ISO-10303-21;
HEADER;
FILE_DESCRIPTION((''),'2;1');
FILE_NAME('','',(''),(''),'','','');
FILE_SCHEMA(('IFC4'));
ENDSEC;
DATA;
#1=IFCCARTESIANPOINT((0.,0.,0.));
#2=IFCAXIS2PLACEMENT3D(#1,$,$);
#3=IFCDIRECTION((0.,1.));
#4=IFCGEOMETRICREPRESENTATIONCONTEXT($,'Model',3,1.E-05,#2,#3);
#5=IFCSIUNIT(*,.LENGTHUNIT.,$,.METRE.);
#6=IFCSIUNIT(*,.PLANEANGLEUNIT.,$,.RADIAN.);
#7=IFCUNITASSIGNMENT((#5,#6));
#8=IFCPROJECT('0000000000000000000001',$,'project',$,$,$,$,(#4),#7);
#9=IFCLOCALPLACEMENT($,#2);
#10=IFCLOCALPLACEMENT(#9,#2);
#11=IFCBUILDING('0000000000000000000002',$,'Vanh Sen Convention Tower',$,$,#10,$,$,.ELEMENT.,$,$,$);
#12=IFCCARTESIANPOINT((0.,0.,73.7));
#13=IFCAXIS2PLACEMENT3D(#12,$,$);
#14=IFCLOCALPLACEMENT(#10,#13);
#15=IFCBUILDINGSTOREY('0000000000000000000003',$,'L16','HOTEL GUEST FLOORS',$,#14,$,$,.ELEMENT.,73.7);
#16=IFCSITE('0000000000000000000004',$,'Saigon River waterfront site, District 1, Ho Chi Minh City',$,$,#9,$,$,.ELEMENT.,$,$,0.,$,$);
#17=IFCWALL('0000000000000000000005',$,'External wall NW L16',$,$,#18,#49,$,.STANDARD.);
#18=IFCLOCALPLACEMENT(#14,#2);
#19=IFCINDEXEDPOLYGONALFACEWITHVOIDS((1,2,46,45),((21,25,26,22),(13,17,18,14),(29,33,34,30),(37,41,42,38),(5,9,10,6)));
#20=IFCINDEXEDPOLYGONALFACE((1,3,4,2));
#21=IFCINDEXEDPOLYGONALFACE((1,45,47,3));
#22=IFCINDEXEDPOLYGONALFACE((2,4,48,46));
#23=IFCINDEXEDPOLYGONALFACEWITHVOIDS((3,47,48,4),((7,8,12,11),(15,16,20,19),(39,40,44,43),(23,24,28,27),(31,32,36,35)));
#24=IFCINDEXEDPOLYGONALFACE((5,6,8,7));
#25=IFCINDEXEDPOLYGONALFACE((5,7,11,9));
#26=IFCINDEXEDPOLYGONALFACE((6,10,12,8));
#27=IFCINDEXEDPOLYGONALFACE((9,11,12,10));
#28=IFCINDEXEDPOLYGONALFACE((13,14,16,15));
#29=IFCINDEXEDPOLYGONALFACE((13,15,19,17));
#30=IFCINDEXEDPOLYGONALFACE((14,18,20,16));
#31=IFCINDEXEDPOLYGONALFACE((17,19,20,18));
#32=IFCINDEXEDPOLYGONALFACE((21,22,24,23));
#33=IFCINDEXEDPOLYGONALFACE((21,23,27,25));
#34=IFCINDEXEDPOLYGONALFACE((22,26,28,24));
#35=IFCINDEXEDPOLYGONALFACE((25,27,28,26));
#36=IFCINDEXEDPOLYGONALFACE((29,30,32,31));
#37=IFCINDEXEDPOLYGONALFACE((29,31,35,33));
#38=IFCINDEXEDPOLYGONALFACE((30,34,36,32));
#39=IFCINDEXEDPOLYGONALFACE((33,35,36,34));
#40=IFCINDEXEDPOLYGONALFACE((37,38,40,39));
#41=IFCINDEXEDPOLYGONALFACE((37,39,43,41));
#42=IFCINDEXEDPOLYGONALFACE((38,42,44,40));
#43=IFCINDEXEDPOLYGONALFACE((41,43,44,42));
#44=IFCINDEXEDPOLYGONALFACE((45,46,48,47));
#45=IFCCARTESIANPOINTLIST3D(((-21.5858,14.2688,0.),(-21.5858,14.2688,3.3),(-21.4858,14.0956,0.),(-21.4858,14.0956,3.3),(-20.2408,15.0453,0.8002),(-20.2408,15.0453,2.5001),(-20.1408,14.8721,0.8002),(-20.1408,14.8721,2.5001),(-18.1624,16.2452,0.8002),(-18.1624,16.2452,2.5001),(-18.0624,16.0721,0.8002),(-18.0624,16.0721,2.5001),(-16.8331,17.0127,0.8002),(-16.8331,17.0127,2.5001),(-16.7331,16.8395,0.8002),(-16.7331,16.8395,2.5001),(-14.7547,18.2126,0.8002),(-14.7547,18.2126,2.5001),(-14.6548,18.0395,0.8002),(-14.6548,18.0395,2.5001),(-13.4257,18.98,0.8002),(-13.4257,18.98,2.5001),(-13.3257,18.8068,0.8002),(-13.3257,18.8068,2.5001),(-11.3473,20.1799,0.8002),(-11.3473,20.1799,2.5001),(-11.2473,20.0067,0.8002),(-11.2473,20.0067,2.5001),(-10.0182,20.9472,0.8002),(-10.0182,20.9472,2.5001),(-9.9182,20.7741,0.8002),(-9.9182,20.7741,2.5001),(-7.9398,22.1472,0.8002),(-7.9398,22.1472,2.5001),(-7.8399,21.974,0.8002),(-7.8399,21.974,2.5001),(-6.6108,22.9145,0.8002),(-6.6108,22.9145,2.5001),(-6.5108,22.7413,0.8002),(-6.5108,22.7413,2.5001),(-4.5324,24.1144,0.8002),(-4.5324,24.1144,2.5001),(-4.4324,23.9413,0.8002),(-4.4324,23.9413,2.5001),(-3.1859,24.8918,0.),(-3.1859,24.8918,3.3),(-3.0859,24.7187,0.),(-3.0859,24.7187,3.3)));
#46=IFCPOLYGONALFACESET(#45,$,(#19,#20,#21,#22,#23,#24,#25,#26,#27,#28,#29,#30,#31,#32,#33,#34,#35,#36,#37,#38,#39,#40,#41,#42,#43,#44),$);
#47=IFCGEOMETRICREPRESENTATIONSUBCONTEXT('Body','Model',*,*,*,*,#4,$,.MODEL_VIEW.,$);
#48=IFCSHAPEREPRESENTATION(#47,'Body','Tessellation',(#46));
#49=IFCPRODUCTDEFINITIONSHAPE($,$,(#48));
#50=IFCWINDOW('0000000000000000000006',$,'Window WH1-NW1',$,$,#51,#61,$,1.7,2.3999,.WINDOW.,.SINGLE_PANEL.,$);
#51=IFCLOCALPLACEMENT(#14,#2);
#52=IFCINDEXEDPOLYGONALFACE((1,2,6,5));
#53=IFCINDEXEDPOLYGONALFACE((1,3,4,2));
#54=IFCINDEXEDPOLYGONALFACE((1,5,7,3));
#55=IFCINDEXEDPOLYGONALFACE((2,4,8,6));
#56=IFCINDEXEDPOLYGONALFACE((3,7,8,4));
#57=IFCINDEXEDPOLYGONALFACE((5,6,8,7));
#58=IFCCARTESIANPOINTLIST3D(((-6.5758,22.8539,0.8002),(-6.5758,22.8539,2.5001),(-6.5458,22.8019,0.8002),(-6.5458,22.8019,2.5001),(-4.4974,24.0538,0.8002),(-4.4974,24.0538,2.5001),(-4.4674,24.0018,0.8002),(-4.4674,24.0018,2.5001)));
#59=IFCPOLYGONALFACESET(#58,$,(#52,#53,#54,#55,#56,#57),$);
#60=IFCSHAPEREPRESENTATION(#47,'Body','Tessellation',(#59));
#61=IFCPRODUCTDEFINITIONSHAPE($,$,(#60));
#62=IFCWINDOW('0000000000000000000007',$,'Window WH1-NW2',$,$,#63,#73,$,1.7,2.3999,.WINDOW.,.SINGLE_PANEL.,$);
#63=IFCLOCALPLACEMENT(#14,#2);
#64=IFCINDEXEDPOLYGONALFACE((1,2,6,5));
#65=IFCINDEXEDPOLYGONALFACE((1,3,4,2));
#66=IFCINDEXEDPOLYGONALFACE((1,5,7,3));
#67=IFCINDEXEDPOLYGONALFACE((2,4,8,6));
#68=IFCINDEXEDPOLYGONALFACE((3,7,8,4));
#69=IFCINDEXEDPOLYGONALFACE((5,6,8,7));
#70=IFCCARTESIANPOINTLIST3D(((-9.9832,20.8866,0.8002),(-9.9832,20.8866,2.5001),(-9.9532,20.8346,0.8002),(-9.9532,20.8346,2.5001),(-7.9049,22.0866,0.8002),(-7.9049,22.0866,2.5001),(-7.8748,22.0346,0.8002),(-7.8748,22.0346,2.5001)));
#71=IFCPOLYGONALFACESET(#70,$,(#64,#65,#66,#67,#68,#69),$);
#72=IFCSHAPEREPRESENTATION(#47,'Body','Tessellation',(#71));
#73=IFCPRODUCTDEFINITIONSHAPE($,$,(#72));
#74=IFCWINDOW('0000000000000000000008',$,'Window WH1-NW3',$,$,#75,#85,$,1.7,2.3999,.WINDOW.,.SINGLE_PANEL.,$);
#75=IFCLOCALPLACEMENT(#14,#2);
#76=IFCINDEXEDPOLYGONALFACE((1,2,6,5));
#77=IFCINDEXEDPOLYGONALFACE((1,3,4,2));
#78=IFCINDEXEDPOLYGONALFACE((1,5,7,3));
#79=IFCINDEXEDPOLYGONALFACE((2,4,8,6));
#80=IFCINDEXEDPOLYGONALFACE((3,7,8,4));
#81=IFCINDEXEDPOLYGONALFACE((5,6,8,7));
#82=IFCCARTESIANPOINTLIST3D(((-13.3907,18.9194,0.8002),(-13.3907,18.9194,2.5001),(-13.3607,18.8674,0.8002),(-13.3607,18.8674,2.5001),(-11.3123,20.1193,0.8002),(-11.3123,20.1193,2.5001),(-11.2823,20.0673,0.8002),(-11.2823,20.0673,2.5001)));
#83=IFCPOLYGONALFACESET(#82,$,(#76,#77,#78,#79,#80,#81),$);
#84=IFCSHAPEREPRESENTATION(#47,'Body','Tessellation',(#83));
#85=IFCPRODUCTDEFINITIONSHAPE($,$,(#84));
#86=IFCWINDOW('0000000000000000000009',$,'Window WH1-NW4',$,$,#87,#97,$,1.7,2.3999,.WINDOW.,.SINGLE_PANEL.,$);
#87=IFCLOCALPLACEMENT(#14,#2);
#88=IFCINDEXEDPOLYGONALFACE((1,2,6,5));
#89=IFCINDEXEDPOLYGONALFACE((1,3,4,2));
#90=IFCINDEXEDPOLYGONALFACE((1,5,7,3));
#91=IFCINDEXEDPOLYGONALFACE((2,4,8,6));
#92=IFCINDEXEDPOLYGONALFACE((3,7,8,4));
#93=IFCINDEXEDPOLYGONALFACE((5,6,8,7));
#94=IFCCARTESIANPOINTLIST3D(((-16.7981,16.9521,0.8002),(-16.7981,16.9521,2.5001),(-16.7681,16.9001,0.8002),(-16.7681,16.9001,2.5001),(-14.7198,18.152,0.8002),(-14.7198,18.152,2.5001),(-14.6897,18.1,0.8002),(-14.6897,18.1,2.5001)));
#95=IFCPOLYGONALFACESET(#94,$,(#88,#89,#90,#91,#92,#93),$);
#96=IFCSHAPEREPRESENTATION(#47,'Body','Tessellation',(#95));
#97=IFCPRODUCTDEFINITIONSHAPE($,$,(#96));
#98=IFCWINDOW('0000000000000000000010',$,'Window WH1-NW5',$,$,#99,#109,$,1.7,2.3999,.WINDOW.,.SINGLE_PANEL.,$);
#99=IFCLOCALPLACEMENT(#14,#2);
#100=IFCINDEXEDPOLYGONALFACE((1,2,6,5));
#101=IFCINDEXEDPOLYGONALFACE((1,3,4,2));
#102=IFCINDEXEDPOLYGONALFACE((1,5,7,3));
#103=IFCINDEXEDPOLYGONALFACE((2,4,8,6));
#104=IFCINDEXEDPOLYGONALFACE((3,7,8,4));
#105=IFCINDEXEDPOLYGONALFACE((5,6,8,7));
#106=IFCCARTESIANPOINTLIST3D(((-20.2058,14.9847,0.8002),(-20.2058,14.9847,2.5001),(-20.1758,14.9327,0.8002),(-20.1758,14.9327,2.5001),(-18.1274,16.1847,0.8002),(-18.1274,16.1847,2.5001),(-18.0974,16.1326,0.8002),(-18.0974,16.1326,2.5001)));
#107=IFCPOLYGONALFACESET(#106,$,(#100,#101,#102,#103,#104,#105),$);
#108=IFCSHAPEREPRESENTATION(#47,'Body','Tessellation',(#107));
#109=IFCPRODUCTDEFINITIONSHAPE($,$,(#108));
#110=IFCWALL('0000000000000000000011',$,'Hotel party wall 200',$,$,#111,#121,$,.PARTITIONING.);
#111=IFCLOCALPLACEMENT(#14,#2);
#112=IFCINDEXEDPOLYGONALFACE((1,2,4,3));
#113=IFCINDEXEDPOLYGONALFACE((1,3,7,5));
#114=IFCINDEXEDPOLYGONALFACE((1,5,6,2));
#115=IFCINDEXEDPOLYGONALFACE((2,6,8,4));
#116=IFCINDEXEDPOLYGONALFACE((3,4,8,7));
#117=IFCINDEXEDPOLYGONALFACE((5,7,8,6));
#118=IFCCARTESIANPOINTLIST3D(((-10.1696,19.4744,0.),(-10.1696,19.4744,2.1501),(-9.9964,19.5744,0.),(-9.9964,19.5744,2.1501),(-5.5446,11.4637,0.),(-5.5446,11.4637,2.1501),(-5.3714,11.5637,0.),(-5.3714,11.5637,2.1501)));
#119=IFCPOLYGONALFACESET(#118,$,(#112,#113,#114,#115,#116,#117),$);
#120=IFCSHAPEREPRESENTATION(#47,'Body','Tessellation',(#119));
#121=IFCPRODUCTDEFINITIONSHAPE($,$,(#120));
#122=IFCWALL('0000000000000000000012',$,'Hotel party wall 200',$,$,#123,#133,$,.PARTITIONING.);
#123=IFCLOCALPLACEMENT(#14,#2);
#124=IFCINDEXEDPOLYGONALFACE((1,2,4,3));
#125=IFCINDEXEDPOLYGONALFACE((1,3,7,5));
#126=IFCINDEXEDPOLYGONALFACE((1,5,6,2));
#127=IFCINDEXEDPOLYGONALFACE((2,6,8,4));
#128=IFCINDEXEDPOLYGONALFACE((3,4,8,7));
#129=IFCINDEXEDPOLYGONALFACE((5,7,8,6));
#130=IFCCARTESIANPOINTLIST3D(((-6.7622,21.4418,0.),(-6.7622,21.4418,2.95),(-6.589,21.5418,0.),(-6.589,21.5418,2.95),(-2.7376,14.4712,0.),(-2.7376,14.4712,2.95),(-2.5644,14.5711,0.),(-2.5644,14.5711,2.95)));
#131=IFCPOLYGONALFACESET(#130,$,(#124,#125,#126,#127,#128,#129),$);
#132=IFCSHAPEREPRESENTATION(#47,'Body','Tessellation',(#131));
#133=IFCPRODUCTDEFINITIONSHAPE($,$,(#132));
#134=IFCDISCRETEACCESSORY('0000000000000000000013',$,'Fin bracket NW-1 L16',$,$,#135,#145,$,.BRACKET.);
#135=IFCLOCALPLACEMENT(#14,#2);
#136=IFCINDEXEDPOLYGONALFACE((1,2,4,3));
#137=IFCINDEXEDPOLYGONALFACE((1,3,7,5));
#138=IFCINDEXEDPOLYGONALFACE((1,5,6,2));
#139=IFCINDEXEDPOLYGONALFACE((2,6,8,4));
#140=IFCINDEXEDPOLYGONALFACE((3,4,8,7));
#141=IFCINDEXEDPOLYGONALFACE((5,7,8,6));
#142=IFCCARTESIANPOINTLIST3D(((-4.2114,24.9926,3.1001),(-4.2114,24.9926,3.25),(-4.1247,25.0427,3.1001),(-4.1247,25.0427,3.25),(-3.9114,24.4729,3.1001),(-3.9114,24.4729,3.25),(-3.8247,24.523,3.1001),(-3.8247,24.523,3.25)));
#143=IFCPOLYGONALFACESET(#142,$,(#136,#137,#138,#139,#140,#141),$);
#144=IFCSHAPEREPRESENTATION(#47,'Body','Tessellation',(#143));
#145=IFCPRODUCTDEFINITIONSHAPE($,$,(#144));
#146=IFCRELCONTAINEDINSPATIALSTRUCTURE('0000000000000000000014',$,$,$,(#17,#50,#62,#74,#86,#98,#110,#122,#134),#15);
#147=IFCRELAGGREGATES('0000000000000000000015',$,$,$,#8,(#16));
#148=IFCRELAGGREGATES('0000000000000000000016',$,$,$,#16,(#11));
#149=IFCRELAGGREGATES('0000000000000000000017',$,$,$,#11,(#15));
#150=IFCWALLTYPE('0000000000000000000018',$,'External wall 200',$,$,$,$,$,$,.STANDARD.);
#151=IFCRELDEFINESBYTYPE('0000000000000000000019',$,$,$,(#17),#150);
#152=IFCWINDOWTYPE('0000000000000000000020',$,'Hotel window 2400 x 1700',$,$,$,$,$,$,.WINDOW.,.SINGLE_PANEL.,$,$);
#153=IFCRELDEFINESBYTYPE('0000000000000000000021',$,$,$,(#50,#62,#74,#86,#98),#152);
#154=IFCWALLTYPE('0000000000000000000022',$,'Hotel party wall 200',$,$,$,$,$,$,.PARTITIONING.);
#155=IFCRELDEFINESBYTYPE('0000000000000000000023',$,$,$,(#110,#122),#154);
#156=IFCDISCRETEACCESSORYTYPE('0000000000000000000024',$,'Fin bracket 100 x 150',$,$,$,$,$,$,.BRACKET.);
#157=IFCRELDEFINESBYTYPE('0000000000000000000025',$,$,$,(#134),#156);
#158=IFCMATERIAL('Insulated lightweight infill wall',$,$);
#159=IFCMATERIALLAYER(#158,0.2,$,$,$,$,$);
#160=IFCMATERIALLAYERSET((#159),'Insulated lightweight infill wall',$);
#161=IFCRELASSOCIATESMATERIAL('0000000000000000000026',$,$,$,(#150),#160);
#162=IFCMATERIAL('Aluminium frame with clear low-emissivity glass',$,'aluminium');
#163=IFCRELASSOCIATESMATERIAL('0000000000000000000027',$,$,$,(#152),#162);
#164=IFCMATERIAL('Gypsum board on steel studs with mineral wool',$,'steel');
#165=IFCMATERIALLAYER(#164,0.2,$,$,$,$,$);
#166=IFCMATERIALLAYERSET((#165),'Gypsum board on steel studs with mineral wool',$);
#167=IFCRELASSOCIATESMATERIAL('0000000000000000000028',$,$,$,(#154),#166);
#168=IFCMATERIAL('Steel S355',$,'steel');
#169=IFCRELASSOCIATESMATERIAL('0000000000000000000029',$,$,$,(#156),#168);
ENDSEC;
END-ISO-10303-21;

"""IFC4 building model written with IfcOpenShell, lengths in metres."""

from ifc_helpers import new_model, si_unit, direction, frame, frame_2d, origin, origin_2d, place, context, subcontext, project, spatial, rectangle, extrude, material, layer, layer_set, type_object, element, fill, save


model = new_model("IFC4")

# Units and contexts
model_context = context("Model", 3, precision=1e-05, world=origin(), true_north=direction((0.0, 1.0)))
body_context = subcontext(model_context, "Body", "Model", "MODEL_VIEW")
ifc_project = project(units=[si_unit("LENGTHUNIT", "METRE"), si_unit("PLANEANGLEUNIT", "RADIAN")], contexts=[model_context])

# Site, building, storey
site_placement = place(None, origin())
site = spatial("IfcSite", under=ifc_project, at=site_placement, Name="Saigon River waterfront site, District 1, Ho Chi Minh City", CompositionType="ELEMENT", RefElevation=0.0)
building_placement = place(site_placement, origin())
building = spatial("IfcBuilding", under=site, at=building_placement, Name="Vanh Sen Convention Tower", CompositionType="ELEMENT")
storey_placement = place(building_placement, frame((0.0, 0.0, 73.7)))
storey = spatial("IfcBuildingStorey", under=building, at=storey_placement, Name="L16", Description="HOTEL GUEST FLOORS", CompositionType="ELEMENT", Elevation=73.7)

# Shared definitions
ifc_material_1 = material(Name="Gypsum board on steel studs with mineral wool", Category="steel")

# Wall, openings, windows
ifc_material_2 = material(Name="Insulated lightweight infill wall")
ifc_layer_1 = layer(ifc_material_2, 0.2)
ifc_layer_set_1 = layer_set([ifc_layer_1], Name="Insulated lightweight infill wall")
wall_type_1 = type_object("IfcWallType", Name="External wall 200", PredefinedType="STANDARD", material=ifc_layer_set_1)
wall_1_placement = place(storey_placement, frame((-3.136, 24.8052, 0.0), z_axis=(0.0, 0.0, 1.0), x_axis=(-0.866028, -0.499995, 0.0)))
wall_1 = element("IfcWall", 1, at=wall_1_placement, inside=storey, type_object=wall_type_1, Name="External wall NW L16", PredefinedType="STANDARD", context=body_context, shape_type="SweptSolid", body=[
    extrude(rectangle(XDim=21.2463, YDim=0.2, at=frame_2d((10.623, 0.0))), origin(), (0.0, 0.0, 1.0), 3.3),
])
opening_1_placement = place(wall_1_placement, frame((1.5547, 0.0, 0.8)))
opening_1 = element("IfcOpeningElement", 2, at=opening_1_placement, cuts=wall_1, PredefinedType="OPENING", context=body_context, shape_type="SweptSolid", body=[
    extrude(rectangle(XDim=2.3999, YDim=1.7, at=frame_2d((1.2, 0.8501))), frame((0.0, 0.1099, 0.0), z_axis=(0.0, -1.0, 0.0), x_axis=(1.0, 0.0, 0.0)), (0.0, 0.0, 1.0), 0.22),
])
opening_2_placement = place(wall_1_placement, frame((5.4893, 0.0, 0.8)))
opening_2 = element("IfcOpeningElement", 3, at=opening_2_placement, cuts=wall_1, PredefinedType="OPENING", context=body_context, shape_type="SweptSolid", body=[
    extrude(rectangle(XDim=2.3999, YDim=1.7, at=frame_2d((1.2, 0.8501))), frame((0.0, 0.1099, 0.0), z_axis=(0.0, -1.0, 0.0), x_axis=(1.0, 0.0, 0.0)), (0.0, 0.0, 1.0), 0.22),
])
opening_3_placement = place(wall_1_placement, frame((9.4238, 0.0, 0.8)))
opening_3 = element("IfcOpeningElement", 4, at=opening_3_placement, cuts=wall_1, PredefinedType="OPENING", context=body_context, shape_type="SweptSolid", body=[
    extrude(rectangle(XDim=2.3999, YDim=1.7, at=frame_2d((1.2, 0.8501))), frame((0.0, 0.1099, 0.0), z_axis=(0.0, -1.0, 0.0), x_axis=(1.0, 0.0, 0.0)), (0.0, 0.0, 1.0), 0.22),
])
opening_4_placement = place(wall_1_placement, frame((13.3584, 0.0, 0.8)))
opening_4 = element("IfcOpeningElement", 5, at=opening_4_placement, cuts=wall_1, PredefinedType="OPENING", context=body_context, shape_type="SweptSolid", body=[
    extrude(rectangle(XDim=2.3999, YDim=1.7, at=frame_2d((1.2, 0.8501))), frame((0.0, 0.1099, 0.0), z_axis=(0.0, -1.0, 0.0), x_axis=(1.0, 0.0, 0.0)), (0.0, 0.0, 1.0), 0.22),
])
opening_5_placement = place(wall_1_placement, frame((17.2932, 0.0, 0.8)))
opening_5 = element("IfcOpeningElement", 6, at=opening_5_placement, cuts=wall_1, PredefinedType="OPENING", context=body_context, shape_type="SweptSolid", body=[
    extrude(rectangle(XDim=2.3999, YDim=1.7, at=frame_2d((1.2, 0.8501))), frame((0.0, 0.1099, 0.0), z_axis=(0.0, -1.0, 0.0), x_axis=(1.0, 0.0, 0.0)), (0.0, 0.0, 1.0), 0.22),
])
ifc_material_3 = material(Name="Aluminium frame with clear low-emissivity glass", Category="aluminium")
window_type = type_object("IfcWindowType", Name="Hotel window 2400 x 1700", PartitioningType="SINGLE_PANEL", PredefinedType="WINDOW", material=ifc_material_3)
window_1_placement = place(opening_1_placement, origin())
window_1 = element("IfcWindow", 7, at=window_1_placement, inside=storey, type_object=window_type, Name="Window WH1-NW1", OverallHeight=1.7, OverallWidth=2.3999, PartitioningType="SINGLE_PANEL", PredefinedType="WINDOW", context=body_context, shape_type="SweptSolid", body=[
    extrude(rectangle(XDim=2.3999, YDim=1.7, at=frame_2d((1.2, 0.8501))), frame((0.0, 0.03, 0.0), z_axis=(0.0, -1.0, 0.0), x_axis=(1.0, 0.0, 0.0)), (0.0, 0.0, 1.0), 0.0601),
])
fill(opening_1, window_1)
window_2_placement = place(opening_2_placement, origin())
window_2 = element("IfcWindow", 8, at=window_2_placement, inside=storey, type_object=window_type, Name="Window WH1-NW2", OverallHeight=1.7, OverallWidth=2.3999, PartitioningType="SINGLE_PANEL", PredefinedType="WINDOW", context=body_context, shape_type="SweptSolid", body=[
    extrude(rectangle(XDim=2.3999, YDim=1.7, at=frame_2d((1.2, 0.8501))), frame((0.0, 0.03, 0.0), z_axis=(0.0, -1.0, 0.0), x_axis=(1.0, 0.0, 0.0)), (0.0, 0.0, 1.0), 0.0601),
])
fill(opening_2, window_2)
window_3_placement = place(opening_3_placement, origin())
window_3 = element("IfcWindow", 9, at=window_3_placement, inside=storey, type_object=window_type, Name="Window WH1-NW3", OverallHeight=1.7, OverallWidth=2.3999, PartitioningType="SINGLE_PANEL", PredefinedType="WINDOW", context=body_context, shape_type="SweptSolid", body=[
    extrude(rectangle(XDim=2.3999, YDim=1.7, at=frame_2d((1.2, 0.8501))), frame((0.0, 0.03, 0.0), z_axis=(0.0, -1.0, 0.0), x_axis=(1.0, 0.0, 0.0)), (0.0, 0.0, 1.0), 0.0601),
])
fill(opening_3, window_3)
window_4_placement = place(opening_4_placement, origin())
window_4 = element("IfcWindow", 10, at=window_4_placement, inside=storey, type_object=window_type, Name="Window WH1-NW4", OverallHeight=1.7, OverallWidth=2.3999, PartitioningType="SINGLE_PANEL", PredefinedType="WINDOW", context=body_context, shape_type="SweptSolid", body=[
    extrude(rectangle(XDim=2.3999, YDim=1.7, at=frame_2d((1.2, 0.8501))), frame((0.0, 0.03, 0.0), z_axis=(0.0, -1.0, 0.0), x_axis=(1.0, 0.0, 0.0)), (0.0, 0.0, 1.0), 0.0601),
])
fill(opening_4, window_4)
window_5_placement = place(opening_5_placement, origin())
window_5 = element("IfcWindow", 11, at=window_5_placement, inside=storey, type_object=window_type, Name="Window WH1-NW5", OverallHeight=1.7, OverallWidth=2.3999, PartitioningType="SINGLE_PANEL", PredefinedType="WINDOW", context=body_context, shape_type="SweptSolid", body=[
    extrude(rectangle(XDim=2.3999, YDim=1.7, at=frame_2d((1.2, 0.8501))), frame((0.0, 0.03, 0.0), z_axis=(0.0, -1.0, 0.0), x_axis=(1.0, 0.0, 0.0)), (0.0, 0.0, 1.0), 0.0601),
])
fill(opening_5, window_5)

# Walls
ifc_layer_2 = layer(ifc_material_1, 0.2)
ifc_layer_set_2 = layer_set([ifc_layer_2], Name="Gypsum board on steel studs with mineral wool")
wall_type_2 = type_object("IfcWallType", Name="Hotel party wall 200", PredefinedType="PARTITIONING", material=ifc_layer_set_2)
wall_2_placement = place(storey_placement, frame((-10.083, 19.5244, 0.0), z_axis=(0.0, 0.0, 1.0), x_axis=(0.5, -0.866026, 0.0)))
element("IfcWall", 12, at=wall_2_placement, inside=storey, type_object=wall_type_2, Name="Hotel party wall 200", PredefinedType="PARTITIONING", context=body_context, shape_type="SweptSolid", body=[
    extrude(rectangle(XDim=9.25, YDim=0.2, at=frame_2d((4.625, 0.0))), origin(), (0.0, 0.0, 1.0), 2.1501),
])
wall_3_placement = place(storey_placement, frame((-6.6755, 21.4917, 0.0), z_axis=(0.0, 0.0, 1.0), x_axis=(0.500011, -0.866019, 0.0)))
element("IfcWall", 13, at=wall_3_placement, inside=storey, type_object=wall_type_2, Name="Hotel party wall 200", PredefinedType="PARTITIONING", context=body_context, shape_type="SweptSolid", body=[
    extrude(rectangle(XDim=8.0491, YDim=0.2, at=frame_2d((4.0244, 0.0))), origin(), (0.0, 0.0, 1.0), 2.95),
])

# Discrete accessory
ifc_material_4 = material(Name="Steel S355", Category="steel")
discrete_accessory_type = type_object("IfcDiscreteAccessoryType", Name="Fin bracket 100 x 150", PredefinedType="BRACKET", material=ifc_material_4)
discrete_accessory_placement = place(storey_placement, frame((-4.0181, 24.7578, 3.1001), z_axis=(0.0, 0.0, 1.0), x_axis=(-0.5, 0.866025, 0.0)))
element("IfcDiscreteAccessory", 14, at=discrete_accessory_placement, inside=storey, type_object=discrete_accessory_type, Name="Fin bracket NW-1 L16", PredefinedType="BRACKET", context=body_context, shape_type="SweptSolid", body=[
    extrude(rectangle(XDim=0.6001, YDim=0.1001, at=origin_2d()), origin(), (0.0, 0.0, 1.0), 0.1499),
])

save(model, "model.ifc")
